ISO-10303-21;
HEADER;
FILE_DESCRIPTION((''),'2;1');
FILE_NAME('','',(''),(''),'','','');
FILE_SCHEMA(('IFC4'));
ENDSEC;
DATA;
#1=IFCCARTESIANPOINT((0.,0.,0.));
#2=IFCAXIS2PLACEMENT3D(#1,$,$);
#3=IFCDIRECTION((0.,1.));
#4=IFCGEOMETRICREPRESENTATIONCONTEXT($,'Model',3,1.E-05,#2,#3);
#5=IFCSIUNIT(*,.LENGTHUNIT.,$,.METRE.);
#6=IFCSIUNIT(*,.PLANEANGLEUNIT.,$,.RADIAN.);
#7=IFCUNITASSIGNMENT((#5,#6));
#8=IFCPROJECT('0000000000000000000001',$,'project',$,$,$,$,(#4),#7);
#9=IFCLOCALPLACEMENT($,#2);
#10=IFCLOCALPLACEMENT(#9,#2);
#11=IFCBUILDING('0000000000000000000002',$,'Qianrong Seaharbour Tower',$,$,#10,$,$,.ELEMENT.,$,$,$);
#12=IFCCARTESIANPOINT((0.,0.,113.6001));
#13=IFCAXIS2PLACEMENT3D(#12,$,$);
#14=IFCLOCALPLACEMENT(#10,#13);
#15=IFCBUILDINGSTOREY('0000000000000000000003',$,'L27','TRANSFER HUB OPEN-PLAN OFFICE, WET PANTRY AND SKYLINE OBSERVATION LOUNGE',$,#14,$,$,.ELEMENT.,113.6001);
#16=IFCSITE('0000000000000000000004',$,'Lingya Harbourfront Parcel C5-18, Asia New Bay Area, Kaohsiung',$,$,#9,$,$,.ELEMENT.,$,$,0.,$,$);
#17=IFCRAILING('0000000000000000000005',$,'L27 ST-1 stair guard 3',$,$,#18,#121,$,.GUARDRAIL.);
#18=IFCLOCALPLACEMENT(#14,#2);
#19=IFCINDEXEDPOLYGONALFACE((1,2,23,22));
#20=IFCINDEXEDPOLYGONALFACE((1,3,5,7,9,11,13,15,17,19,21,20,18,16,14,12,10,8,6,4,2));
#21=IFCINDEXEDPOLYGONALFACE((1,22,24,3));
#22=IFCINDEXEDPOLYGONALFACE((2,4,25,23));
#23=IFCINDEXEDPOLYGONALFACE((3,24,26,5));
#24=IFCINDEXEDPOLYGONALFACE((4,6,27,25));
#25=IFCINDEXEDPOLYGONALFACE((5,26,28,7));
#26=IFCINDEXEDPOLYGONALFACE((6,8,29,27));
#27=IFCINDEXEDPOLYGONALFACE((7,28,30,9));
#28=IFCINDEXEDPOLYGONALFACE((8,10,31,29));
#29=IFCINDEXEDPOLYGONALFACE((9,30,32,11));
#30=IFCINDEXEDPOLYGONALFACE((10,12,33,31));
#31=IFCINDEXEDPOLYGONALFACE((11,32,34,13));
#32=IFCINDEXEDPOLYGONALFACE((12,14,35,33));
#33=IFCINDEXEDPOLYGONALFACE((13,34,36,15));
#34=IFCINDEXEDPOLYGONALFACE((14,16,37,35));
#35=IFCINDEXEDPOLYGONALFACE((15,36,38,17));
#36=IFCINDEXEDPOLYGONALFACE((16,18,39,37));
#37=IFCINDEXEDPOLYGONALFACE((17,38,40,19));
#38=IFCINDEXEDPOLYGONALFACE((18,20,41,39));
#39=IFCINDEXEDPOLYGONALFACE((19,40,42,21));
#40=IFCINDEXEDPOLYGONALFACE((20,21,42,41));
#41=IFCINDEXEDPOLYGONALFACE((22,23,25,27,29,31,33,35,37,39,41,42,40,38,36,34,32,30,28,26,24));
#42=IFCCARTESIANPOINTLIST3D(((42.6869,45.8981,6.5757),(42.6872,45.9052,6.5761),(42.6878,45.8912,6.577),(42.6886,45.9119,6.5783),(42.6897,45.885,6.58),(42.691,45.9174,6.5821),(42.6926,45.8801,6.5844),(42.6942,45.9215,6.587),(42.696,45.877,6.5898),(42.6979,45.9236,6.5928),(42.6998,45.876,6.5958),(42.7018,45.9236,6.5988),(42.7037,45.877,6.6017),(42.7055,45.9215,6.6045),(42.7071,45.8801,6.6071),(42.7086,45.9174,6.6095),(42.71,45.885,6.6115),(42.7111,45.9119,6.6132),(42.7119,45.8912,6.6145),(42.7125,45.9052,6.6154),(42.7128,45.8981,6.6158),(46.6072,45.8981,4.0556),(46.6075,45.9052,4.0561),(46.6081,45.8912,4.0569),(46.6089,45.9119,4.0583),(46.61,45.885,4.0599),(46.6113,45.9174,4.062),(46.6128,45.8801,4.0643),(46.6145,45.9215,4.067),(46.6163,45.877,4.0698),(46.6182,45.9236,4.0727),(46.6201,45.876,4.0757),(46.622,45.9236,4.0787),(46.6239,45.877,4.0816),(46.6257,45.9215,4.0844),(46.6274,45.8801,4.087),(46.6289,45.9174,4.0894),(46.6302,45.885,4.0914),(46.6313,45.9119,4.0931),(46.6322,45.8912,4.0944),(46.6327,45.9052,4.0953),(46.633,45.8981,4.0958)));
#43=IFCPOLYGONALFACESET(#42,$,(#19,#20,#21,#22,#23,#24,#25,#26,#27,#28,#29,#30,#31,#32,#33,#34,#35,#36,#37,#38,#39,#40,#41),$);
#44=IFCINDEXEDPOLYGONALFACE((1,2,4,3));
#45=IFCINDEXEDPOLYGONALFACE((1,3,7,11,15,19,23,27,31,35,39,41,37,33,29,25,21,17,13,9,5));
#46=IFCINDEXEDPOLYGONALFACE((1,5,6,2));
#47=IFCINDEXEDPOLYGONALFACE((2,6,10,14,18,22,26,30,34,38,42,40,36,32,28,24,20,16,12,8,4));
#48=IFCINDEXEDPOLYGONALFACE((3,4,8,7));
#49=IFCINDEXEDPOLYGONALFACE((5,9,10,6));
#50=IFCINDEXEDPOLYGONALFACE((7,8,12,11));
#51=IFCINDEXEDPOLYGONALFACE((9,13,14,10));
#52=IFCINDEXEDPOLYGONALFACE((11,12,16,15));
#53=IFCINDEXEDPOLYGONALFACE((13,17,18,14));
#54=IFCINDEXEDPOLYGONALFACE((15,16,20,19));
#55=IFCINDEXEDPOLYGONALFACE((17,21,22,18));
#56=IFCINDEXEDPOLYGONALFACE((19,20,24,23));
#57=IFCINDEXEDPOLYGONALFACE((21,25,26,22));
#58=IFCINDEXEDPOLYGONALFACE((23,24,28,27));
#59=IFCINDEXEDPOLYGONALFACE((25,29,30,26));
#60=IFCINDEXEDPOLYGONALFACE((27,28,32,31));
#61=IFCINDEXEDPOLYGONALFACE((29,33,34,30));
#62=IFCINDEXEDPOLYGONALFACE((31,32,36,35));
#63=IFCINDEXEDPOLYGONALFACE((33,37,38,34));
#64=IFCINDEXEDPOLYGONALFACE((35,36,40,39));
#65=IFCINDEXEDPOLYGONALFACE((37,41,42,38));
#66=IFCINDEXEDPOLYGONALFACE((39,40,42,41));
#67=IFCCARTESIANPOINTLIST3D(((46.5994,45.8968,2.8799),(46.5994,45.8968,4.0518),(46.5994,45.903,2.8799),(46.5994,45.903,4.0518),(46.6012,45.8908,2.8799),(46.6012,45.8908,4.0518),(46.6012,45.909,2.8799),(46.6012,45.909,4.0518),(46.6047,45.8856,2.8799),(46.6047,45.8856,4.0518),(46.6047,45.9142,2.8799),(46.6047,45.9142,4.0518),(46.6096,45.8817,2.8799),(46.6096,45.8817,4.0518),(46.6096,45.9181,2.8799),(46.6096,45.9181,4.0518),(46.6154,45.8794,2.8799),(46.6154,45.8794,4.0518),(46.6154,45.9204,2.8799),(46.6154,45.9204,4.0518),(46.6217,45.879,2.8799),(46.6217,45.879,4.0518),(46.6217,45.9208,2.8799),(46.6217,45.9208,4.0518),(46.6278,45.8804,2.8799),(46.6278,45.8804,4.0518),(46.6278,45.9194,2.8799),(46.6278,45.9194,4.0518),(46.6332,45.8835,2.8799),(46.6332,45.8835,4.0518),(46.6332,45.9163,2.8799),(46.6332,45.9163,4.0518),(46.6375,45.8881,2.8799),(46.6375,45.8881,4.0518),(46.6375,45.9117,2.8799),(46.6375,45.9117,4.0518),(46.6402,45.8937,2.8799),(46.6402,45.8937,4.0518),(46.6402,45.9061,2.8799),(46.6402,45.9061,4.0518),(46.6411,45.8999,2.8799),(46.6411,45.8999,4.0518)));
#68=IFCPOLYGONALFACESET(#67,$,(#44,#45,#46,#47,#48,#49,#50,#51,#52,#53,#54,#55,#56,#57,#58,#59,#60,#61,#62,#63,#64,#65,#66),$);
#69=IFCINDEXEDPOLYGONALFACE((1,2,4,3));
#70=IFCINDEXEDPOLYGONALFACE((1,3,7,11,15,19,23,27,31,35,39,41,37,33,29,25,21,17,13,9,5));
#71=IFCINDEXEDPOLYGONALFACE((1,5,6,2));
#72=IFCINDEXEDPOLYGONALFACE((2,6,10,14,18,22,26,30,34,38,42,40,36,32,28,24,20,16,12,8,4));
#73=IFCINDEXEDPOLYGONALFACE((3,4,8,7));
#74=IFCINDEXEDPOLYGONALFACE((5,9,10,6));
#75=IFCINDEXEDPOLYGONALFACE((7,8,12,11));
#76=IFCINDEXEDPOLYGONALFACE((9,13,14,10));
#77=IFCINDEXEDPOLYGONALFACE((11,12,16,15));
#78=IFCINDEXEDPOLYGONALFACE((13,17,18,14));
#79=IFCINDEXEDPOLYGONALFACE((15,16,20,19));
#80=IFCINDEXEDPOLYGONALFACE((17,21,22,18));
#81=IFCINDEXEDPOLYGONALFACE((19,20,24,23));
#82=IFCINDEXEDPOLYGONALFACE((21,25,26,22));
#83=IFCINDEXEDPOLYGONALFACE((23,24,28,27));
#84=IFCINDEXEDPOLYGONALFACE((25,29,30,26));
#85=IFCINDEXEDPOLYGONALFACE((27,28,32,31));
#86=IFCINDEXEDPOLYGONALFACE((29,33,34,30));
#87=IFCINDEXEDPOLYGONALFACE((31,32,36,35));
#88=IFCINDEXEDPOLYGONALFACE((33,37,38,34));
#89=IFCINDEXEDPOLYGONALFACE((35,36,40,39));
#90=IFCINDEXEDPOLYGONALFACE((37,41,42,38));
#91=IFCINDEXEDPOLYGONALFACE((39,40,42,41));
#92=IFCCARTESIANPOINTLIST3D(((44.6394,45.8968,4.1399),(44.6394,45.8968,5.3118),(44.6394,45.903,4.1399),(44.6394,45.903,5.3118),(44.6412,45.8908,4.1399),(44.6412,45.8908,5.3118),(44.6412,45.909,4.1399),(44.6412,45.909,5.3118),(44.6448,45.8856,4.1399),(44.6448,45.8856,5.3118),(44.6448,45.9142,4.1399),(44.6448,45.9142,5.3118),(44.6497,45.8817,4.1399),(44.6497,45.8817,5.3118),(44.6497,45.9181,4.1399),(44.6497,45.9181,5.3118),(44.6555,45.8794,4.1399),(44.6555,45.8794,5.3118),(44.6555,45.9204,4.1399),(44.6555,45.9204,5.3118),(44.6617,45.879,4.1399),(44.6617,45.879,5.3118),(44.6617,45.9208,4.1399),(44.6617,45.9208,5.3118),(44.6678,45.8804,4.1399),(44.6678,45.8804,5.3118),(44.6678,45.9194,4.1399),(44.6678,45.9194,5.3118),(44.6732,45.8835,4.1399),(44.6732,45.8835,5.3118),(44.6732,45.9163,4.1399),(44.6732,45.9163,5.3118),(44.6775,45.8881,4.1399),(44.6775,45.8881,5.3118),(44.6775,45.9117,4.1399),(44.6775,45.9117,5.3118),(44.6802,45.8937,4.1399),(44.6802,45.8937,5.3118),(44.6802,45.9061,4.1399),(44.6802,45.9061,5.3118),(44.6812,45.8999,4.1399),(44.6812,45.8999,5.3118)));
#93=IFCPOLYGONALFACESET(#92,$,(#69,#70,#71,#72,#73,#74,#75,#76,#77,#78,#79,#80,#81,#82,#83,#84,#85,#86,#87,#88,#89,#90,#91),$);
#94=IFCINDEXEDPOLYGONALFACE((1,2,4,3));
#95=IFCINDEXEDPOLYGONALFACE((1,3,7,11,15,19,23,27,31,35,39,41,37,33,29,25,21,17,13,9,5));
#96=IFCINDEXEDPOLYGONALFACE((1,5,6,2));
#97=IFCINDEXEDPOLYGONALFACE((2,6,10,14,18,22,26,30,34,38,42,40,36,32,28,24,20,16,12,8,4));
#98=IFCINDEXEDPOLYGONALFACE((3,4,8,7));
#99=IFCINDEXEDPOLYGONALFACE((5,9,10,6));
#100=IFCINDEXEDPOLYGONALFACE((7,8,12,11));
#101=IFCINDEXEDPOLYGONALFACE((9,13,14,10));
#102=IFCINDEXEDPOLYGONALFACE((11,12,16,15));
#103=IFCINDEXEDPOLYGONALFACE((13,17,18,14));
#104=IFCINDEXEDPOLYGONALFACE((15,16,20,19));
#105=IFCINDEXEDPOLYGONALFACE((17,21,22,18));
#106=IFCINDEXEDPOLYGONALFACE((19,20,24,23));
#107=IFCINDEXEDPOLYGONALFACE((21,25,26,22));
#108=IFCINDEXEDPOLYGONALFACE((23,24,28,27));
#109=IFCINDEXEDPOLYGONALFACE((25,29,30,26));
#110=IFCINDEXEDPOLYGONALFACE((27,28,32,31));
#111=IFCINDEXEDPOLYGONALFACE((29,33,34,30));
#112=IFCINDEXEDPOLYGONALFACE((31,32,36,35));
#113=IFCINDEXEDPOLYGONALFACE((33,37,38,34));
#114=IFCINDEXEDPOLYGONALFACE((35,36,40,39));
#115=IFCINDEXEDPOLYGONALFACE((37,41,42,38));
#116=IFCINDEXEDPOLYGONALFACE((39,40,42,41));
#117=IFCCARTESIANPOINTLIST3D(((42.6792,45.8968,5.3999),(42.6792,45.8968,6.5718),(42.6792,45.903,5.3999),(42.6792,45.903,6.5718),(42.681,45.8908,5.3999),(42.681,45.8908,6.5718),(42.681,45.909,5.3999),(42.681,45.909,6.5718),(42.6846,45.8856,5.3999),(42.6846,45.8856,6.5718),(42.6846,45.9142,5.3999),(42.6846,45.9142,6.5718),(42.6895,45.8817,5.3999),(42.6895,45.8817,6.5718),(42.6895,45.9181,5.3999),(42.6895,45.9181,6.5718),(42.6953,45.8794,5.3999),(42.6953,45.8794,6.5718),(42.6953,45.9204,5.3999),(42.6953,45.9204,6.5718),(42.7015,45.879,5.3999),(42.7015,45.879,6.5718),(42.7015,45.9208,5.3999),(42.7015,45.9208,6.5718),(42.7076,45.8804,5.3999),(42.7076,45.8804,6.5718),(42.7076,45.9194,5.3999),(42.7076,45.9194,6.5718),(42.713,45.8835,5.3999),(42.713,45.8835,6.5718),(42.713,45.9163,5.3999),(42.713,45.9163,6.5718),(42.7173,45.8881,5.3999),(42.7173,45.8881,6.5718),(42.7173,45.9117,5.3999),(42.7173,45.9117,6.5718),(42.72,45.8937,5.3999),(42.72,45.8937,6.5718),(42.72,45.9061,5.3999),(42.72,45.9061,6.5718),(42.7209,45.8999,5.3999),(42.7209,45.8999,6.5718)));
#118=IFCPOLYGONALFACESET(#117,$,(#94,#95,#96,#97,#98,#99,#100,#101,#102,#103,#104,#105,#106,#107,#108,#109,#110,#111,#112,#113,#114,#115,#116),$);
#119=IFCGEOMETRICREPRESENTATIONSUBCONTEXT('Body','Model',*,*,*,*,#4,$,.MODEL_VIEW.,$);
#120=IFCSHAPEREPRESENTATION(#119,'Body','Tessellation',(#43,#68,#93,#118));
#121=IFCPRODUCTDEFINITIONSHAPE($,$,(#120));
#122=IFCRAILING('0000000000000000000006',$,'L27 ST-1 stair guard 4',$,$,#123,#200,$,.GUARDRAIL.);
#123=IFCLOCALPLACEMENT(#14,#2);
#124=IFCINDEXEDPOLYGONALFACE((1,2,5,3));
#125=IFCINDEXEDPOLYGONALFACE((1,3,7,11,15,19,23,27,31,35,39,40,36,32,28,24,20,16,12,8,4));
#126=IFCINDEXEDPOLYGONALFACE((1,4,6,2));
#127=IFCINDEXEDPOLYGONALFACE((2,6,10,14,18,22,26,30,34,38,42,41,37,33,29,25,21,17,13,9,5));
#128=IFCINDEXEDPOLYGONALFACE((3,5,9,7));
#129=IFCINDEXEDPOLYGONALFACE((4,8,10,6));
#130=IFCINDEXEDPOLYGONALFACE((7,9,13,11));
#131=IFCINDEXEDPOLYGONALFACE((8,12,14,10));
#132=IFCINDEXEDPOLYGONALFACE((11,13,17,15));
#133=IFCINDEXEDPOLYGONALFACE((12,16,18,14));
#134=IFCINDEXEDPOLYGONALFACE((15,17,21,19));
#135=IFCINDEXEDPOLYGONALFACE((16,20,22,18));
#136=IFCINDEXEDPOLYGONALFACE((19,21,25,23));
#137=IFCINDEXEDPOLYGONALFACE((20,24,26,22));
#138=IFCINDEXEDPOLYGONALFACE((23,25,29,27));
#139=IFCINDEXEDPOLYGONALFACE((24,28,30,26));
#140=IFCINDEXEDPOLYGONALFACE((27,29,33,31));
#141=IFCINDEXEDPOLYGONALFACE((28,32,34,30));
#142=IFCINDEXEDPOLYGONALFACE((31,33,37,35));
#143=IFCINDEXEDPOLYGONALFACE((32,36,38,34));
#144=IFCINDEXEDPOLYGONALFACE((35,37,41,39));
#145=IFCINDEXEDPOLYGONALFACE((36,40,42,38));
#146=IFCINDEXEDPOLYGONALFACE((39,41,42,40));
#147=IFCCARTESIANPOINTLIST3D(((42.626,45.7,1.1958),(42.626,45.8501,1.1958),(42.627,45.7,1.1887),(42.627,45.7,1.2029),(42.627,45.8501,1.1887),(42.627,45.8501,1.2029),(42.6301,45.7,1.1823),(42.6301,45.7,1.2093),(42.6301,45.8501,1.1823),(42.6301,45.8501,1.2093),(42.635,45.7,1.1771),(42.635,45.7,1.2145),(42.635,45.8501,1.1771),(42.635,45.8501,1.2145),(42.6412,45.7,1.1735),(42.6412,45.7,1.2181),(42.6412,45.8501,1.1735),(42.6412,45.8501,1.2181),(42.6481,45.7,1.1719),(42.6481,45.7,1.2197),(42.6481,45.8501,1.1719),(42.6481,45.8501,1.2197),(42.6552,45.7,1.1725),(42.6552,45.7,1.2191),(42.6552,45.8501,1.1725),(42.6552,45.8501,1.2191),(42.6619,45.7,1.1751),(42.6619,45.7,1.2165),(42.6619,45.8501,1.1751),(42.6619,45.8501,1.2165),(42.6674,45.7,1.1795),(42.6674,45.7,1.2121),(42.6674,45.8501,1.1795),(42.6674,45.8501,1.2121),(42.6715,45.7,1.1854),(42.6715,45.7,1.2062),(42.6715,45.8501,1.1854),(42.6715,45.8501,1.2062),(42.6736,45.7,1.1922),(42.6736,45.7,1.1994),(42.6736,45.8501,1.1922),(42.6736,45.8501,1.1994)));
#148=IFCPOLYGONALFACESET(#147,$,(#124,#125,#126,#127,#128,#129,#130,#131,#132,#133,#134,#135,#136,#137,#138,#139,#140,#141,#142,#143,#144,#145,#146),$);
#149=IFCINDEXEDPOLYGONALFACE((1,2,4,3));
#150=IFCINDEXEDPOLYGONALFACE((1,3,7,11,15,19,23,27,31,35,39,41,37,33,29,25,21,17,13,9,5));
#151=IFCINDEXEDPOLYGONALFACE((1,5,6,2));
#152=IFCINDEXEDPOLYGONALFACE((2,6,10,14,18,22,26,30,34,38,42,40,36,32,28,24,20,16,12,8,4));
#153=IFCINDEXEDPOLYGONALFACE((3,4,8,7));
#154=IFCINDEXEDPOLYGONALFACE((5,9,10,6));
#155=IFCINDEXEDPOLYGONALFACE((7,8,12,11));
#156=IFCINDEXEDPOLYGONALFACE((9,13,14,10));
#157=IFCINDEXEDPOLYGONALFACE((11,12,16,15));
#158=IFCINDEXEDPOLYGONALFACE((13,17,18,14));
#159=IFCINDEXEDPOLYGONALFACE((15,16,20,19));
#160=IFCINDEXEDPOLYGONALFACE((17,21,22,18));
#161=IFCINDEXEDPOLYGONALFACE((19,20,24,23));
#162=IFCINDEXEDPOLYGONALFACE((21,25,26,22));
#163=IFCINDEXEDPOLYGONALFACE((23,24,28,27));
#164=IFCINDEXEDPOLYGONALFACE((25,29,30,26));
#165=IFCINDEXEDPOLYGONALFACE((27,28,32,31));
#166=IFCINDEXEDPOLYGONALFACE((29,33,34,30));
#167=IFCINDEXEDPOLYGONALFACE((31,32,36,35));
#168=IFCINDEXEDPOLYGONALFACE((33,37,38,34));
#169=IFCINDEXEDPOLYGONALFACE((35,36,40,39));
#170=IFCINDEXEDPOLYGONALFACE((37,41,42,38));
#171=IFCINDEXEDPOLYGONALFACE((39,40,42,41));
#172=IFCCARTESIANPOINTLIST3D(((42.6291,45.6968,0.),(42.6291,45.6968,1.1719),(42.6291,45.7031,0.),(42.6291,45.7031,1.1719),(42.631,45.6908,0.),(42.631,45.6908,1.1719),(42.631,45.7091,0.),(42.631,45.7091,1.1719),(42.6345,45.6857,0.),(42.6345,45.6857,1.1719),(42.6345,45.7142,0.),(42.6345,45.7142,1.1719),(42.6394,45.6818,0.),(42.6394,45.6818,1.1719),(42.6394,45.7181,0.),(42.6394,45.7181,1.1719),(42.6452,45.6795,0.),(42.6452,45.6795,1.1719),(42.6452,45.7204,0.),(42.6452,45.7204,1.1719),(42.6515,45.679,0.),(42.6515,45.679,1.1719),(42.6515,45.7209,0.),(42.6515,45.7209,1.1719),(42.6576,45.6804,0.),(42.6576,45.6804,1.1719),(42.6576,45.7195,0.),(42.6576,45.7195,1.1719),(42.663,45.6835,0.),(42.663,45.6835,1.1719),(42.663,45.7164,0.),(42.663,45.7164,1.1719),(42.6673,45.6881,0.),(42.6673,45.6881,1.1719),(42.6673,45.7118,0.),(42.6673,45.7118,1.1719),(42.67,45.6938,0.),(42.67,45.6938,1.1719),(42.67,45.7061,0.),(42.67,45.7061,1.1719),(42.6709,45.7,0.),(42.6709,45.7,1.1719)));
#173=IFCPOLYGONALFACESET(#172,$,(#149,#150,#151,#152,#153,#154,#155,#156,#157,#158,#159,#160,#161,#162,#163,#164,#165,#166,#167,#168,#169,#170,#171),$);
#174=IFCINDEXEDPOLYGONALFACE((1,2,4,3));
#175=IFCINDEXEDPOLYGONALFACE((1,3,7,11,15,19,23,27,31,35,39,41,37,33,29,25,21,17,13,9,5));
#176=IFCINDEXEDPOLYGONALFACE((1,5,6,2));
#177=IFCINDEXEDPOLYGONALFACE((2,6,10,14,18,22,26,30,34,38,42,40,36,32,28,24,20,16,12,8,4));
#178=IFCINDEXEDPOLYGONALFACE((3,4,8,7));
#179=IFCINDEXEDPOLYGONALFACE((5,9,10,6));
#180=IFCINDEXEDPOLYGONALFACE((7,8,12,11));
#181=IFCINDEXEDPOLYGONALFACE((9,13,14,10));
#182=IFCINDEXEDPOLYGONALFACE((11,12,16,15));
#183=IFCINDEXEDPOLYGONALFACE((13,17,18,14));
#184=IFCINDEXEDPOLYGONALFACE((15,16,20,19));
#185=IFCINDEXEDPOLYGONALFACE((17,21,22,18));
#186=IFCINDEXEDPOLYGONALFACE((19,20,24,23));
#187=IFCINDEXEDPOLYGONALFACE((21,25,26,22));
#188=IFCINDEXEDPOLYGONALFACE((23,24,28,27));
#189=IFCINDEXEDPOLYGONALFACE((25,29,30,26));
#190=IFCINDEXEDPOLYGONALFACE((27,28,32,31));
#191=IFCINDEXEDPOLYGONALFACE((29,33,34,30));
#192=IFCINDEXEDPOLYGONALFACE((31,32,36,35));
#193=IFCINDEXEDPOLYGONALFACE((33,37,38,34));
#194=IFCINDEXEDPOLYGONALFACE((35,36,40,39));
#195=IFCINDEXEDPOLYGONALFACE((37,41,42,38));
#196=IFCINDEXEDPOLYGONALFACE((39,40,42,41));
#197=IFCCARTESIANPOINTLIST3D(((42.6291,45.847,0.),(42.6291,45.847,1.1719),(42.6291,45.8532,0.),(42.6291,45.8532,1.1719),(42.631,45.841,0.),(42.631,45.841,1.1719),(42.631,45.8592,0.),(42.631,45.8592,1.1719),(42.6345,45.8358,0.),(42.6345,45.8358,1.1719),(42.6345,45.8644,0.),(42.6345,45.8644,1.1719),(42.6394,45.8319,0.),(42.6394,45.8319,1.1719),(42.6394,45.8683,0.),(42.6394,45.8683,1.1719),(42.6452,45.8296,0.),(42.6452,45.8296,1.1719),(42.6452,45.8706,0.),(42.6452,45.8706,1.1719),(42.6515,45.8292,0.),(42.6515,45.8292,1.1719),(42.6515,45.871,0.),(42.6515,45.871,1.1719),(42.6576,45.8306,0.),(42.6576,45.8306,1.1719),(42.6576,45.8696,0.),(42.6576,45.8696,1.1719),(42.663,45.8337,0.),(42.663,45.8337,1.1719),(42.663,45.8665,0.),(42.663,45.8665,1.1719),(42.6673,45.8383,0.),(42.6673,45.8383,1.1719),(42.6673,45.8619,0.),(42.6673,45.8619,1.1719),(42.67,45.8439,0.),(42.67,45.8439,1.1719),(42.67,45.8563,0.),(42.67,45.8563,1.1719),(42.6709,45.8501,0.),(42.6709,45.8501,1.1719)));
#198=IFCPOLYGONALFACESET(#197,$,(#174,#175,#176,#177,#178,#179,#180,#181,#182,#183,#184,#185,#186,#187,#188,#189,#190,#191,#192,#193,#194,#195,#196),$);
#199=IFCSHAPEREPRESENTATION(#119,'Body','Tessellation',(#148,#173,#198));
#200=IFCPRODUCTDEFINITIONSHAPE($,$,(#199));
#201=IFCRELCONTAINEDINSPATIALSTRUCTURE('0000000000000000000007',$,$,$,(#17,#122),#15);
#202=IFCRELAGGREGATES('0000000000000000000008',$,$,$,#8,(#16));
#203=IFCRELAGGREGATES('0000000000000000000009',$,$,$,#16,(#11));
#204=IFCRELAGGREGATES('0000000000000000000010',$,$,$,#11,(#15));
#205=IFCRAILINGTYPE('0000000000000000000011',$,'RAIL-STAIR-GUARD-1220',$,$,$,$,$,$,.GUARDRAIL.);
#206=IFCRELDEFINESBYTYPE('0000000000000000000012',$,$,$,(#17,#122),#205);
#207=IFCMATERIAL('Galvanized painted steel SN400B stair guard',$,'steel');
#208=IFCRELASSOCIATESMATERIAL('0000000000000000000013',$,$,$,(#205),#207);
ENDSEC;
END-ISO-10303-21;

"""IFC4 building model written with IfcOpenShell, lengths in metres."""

from ifc_helpers import new_model, si_unit, direction, frame, origin, origin_2d, place, context, subcontext, project, spatial, circle, extrude, material, type_object, element, save


model = new_model("IFC4")

# Units and contexts
model_context = context("Model", 3, precision=1e-05, world=origin(), true_north=direction((0.0, 1.0)))
body_context = subcontext(model_context, "Body", "Model", "MODEL_VIEW")
ifc_project = project(units=[si_unit("LENGTHUNIT", "METRE"), si_unit("PLANEANGLEUNIT", "RADIAN")], contexts=[model_context])

# Site, building, storey
site_placement = place(None, origin())
site = spatial("IfcSite", under=ifc_project, at=site_placement, Name="Lingya Harbourfront Parcel C5-18, Asia New Bay Area, Kaohsiung", CompositionType="ELEMENT", RefElevation=0.0)
building_placement = place(site_placement, origin())
building = spatial("IfcBuilding", under=site, at=building_placement, Name="Qianrong Seaharbour Tower", CompositionType="ELEMENT")
storey_placement = place(building_placement, frame((0.0, 0.0, 113.6001)))
storey = spatial("IfcBuildingStorey", under=building, at=storey_placement, Name="L27", Description="TRANSFER HUB OPEN-PLAN OFFICE, WET PANTRY AND SKYLINE OBSERVATION LOUNGE", CompositionType="ELEMENT", Elevation=113.6001)

# Railings
ifc_material_1 = material(Name="Galvanized painted steel SN400B stair guard", Category="steel")
railing_type_1 = type_object("IfcRailingType", Name="RAIL-STAIR-GUARD-1220", PredefinedType="GUARDRAIL", material=ifc_material_1)
railing_1_placement = place(storey_placement, frame((46.6201, 45.8999, 2.8799)))
element("IfcRailing", 1, at=railing_1_placement, inside=storey, type_object=railing_type_1, Name="L27 ST-1 stair guard 3", PredefinedType="GUARDRAIL", context=body_context, shape_type="SweptSolid", body=[
    extrude(circle(Radius=0.0239, at=origin_2d()), frame((0.0, 0.0, 1.1958), z_axis=(-0.841187, 0.0, 0.540744), x_axis=(0.0, -1.0, 0.0)), (0.0, 0.0, 1.0), 4.6604),
    extrude(circle(Radius=0.021, at=origin_2d()), origin(), (0.0, 0.0, 1.0), 1.1719),
    extrude(circle(Radius=0.021, at=origin_2d()), frame((-1.96, 0.0, 1.26)), (0.0, 0.0, 1.0), 1.1719),
    extrude(circle(Radius=0.021, at=origin_2d()), frame((-3.9202, 0.0, 2.52)), (0.0, 0.0, 1.0), 1.1719),
])
railing_2_placement = place(storey_placement, frame((42.6499, 45.7, 0.0)))
element("IfcRailing", 2, at=railing_2_placement, inside=storey, type_object=railing_type_1, Name="L27 ST-1 stair guard 4", PredefinedType="GUARDRAIL", context=body_context, shape_type="SweptSolid", body=[
    extrude(circle(Radius=0.0239, at=origin_2d()), frame((0.0, 0.0, 1.1958), z_axis=(0.0, 1.0, 0.0), x_axis=(-1.0, 0.0, 0.0)), (0.0, 0.0, 1.0), 0.1501),
    extrude(circle(Radius=0.021, at=origin_2d()), origin(), (0.0, 0.0, 1.0), 1.1719),
    extrude(circle(Radius=0.021, at=origin_2d()), frame((0.0, 0.1501, 0.0)), (0.0, 0.0, 1.0), 1.1719),
])

save(model, "model.ifc")
